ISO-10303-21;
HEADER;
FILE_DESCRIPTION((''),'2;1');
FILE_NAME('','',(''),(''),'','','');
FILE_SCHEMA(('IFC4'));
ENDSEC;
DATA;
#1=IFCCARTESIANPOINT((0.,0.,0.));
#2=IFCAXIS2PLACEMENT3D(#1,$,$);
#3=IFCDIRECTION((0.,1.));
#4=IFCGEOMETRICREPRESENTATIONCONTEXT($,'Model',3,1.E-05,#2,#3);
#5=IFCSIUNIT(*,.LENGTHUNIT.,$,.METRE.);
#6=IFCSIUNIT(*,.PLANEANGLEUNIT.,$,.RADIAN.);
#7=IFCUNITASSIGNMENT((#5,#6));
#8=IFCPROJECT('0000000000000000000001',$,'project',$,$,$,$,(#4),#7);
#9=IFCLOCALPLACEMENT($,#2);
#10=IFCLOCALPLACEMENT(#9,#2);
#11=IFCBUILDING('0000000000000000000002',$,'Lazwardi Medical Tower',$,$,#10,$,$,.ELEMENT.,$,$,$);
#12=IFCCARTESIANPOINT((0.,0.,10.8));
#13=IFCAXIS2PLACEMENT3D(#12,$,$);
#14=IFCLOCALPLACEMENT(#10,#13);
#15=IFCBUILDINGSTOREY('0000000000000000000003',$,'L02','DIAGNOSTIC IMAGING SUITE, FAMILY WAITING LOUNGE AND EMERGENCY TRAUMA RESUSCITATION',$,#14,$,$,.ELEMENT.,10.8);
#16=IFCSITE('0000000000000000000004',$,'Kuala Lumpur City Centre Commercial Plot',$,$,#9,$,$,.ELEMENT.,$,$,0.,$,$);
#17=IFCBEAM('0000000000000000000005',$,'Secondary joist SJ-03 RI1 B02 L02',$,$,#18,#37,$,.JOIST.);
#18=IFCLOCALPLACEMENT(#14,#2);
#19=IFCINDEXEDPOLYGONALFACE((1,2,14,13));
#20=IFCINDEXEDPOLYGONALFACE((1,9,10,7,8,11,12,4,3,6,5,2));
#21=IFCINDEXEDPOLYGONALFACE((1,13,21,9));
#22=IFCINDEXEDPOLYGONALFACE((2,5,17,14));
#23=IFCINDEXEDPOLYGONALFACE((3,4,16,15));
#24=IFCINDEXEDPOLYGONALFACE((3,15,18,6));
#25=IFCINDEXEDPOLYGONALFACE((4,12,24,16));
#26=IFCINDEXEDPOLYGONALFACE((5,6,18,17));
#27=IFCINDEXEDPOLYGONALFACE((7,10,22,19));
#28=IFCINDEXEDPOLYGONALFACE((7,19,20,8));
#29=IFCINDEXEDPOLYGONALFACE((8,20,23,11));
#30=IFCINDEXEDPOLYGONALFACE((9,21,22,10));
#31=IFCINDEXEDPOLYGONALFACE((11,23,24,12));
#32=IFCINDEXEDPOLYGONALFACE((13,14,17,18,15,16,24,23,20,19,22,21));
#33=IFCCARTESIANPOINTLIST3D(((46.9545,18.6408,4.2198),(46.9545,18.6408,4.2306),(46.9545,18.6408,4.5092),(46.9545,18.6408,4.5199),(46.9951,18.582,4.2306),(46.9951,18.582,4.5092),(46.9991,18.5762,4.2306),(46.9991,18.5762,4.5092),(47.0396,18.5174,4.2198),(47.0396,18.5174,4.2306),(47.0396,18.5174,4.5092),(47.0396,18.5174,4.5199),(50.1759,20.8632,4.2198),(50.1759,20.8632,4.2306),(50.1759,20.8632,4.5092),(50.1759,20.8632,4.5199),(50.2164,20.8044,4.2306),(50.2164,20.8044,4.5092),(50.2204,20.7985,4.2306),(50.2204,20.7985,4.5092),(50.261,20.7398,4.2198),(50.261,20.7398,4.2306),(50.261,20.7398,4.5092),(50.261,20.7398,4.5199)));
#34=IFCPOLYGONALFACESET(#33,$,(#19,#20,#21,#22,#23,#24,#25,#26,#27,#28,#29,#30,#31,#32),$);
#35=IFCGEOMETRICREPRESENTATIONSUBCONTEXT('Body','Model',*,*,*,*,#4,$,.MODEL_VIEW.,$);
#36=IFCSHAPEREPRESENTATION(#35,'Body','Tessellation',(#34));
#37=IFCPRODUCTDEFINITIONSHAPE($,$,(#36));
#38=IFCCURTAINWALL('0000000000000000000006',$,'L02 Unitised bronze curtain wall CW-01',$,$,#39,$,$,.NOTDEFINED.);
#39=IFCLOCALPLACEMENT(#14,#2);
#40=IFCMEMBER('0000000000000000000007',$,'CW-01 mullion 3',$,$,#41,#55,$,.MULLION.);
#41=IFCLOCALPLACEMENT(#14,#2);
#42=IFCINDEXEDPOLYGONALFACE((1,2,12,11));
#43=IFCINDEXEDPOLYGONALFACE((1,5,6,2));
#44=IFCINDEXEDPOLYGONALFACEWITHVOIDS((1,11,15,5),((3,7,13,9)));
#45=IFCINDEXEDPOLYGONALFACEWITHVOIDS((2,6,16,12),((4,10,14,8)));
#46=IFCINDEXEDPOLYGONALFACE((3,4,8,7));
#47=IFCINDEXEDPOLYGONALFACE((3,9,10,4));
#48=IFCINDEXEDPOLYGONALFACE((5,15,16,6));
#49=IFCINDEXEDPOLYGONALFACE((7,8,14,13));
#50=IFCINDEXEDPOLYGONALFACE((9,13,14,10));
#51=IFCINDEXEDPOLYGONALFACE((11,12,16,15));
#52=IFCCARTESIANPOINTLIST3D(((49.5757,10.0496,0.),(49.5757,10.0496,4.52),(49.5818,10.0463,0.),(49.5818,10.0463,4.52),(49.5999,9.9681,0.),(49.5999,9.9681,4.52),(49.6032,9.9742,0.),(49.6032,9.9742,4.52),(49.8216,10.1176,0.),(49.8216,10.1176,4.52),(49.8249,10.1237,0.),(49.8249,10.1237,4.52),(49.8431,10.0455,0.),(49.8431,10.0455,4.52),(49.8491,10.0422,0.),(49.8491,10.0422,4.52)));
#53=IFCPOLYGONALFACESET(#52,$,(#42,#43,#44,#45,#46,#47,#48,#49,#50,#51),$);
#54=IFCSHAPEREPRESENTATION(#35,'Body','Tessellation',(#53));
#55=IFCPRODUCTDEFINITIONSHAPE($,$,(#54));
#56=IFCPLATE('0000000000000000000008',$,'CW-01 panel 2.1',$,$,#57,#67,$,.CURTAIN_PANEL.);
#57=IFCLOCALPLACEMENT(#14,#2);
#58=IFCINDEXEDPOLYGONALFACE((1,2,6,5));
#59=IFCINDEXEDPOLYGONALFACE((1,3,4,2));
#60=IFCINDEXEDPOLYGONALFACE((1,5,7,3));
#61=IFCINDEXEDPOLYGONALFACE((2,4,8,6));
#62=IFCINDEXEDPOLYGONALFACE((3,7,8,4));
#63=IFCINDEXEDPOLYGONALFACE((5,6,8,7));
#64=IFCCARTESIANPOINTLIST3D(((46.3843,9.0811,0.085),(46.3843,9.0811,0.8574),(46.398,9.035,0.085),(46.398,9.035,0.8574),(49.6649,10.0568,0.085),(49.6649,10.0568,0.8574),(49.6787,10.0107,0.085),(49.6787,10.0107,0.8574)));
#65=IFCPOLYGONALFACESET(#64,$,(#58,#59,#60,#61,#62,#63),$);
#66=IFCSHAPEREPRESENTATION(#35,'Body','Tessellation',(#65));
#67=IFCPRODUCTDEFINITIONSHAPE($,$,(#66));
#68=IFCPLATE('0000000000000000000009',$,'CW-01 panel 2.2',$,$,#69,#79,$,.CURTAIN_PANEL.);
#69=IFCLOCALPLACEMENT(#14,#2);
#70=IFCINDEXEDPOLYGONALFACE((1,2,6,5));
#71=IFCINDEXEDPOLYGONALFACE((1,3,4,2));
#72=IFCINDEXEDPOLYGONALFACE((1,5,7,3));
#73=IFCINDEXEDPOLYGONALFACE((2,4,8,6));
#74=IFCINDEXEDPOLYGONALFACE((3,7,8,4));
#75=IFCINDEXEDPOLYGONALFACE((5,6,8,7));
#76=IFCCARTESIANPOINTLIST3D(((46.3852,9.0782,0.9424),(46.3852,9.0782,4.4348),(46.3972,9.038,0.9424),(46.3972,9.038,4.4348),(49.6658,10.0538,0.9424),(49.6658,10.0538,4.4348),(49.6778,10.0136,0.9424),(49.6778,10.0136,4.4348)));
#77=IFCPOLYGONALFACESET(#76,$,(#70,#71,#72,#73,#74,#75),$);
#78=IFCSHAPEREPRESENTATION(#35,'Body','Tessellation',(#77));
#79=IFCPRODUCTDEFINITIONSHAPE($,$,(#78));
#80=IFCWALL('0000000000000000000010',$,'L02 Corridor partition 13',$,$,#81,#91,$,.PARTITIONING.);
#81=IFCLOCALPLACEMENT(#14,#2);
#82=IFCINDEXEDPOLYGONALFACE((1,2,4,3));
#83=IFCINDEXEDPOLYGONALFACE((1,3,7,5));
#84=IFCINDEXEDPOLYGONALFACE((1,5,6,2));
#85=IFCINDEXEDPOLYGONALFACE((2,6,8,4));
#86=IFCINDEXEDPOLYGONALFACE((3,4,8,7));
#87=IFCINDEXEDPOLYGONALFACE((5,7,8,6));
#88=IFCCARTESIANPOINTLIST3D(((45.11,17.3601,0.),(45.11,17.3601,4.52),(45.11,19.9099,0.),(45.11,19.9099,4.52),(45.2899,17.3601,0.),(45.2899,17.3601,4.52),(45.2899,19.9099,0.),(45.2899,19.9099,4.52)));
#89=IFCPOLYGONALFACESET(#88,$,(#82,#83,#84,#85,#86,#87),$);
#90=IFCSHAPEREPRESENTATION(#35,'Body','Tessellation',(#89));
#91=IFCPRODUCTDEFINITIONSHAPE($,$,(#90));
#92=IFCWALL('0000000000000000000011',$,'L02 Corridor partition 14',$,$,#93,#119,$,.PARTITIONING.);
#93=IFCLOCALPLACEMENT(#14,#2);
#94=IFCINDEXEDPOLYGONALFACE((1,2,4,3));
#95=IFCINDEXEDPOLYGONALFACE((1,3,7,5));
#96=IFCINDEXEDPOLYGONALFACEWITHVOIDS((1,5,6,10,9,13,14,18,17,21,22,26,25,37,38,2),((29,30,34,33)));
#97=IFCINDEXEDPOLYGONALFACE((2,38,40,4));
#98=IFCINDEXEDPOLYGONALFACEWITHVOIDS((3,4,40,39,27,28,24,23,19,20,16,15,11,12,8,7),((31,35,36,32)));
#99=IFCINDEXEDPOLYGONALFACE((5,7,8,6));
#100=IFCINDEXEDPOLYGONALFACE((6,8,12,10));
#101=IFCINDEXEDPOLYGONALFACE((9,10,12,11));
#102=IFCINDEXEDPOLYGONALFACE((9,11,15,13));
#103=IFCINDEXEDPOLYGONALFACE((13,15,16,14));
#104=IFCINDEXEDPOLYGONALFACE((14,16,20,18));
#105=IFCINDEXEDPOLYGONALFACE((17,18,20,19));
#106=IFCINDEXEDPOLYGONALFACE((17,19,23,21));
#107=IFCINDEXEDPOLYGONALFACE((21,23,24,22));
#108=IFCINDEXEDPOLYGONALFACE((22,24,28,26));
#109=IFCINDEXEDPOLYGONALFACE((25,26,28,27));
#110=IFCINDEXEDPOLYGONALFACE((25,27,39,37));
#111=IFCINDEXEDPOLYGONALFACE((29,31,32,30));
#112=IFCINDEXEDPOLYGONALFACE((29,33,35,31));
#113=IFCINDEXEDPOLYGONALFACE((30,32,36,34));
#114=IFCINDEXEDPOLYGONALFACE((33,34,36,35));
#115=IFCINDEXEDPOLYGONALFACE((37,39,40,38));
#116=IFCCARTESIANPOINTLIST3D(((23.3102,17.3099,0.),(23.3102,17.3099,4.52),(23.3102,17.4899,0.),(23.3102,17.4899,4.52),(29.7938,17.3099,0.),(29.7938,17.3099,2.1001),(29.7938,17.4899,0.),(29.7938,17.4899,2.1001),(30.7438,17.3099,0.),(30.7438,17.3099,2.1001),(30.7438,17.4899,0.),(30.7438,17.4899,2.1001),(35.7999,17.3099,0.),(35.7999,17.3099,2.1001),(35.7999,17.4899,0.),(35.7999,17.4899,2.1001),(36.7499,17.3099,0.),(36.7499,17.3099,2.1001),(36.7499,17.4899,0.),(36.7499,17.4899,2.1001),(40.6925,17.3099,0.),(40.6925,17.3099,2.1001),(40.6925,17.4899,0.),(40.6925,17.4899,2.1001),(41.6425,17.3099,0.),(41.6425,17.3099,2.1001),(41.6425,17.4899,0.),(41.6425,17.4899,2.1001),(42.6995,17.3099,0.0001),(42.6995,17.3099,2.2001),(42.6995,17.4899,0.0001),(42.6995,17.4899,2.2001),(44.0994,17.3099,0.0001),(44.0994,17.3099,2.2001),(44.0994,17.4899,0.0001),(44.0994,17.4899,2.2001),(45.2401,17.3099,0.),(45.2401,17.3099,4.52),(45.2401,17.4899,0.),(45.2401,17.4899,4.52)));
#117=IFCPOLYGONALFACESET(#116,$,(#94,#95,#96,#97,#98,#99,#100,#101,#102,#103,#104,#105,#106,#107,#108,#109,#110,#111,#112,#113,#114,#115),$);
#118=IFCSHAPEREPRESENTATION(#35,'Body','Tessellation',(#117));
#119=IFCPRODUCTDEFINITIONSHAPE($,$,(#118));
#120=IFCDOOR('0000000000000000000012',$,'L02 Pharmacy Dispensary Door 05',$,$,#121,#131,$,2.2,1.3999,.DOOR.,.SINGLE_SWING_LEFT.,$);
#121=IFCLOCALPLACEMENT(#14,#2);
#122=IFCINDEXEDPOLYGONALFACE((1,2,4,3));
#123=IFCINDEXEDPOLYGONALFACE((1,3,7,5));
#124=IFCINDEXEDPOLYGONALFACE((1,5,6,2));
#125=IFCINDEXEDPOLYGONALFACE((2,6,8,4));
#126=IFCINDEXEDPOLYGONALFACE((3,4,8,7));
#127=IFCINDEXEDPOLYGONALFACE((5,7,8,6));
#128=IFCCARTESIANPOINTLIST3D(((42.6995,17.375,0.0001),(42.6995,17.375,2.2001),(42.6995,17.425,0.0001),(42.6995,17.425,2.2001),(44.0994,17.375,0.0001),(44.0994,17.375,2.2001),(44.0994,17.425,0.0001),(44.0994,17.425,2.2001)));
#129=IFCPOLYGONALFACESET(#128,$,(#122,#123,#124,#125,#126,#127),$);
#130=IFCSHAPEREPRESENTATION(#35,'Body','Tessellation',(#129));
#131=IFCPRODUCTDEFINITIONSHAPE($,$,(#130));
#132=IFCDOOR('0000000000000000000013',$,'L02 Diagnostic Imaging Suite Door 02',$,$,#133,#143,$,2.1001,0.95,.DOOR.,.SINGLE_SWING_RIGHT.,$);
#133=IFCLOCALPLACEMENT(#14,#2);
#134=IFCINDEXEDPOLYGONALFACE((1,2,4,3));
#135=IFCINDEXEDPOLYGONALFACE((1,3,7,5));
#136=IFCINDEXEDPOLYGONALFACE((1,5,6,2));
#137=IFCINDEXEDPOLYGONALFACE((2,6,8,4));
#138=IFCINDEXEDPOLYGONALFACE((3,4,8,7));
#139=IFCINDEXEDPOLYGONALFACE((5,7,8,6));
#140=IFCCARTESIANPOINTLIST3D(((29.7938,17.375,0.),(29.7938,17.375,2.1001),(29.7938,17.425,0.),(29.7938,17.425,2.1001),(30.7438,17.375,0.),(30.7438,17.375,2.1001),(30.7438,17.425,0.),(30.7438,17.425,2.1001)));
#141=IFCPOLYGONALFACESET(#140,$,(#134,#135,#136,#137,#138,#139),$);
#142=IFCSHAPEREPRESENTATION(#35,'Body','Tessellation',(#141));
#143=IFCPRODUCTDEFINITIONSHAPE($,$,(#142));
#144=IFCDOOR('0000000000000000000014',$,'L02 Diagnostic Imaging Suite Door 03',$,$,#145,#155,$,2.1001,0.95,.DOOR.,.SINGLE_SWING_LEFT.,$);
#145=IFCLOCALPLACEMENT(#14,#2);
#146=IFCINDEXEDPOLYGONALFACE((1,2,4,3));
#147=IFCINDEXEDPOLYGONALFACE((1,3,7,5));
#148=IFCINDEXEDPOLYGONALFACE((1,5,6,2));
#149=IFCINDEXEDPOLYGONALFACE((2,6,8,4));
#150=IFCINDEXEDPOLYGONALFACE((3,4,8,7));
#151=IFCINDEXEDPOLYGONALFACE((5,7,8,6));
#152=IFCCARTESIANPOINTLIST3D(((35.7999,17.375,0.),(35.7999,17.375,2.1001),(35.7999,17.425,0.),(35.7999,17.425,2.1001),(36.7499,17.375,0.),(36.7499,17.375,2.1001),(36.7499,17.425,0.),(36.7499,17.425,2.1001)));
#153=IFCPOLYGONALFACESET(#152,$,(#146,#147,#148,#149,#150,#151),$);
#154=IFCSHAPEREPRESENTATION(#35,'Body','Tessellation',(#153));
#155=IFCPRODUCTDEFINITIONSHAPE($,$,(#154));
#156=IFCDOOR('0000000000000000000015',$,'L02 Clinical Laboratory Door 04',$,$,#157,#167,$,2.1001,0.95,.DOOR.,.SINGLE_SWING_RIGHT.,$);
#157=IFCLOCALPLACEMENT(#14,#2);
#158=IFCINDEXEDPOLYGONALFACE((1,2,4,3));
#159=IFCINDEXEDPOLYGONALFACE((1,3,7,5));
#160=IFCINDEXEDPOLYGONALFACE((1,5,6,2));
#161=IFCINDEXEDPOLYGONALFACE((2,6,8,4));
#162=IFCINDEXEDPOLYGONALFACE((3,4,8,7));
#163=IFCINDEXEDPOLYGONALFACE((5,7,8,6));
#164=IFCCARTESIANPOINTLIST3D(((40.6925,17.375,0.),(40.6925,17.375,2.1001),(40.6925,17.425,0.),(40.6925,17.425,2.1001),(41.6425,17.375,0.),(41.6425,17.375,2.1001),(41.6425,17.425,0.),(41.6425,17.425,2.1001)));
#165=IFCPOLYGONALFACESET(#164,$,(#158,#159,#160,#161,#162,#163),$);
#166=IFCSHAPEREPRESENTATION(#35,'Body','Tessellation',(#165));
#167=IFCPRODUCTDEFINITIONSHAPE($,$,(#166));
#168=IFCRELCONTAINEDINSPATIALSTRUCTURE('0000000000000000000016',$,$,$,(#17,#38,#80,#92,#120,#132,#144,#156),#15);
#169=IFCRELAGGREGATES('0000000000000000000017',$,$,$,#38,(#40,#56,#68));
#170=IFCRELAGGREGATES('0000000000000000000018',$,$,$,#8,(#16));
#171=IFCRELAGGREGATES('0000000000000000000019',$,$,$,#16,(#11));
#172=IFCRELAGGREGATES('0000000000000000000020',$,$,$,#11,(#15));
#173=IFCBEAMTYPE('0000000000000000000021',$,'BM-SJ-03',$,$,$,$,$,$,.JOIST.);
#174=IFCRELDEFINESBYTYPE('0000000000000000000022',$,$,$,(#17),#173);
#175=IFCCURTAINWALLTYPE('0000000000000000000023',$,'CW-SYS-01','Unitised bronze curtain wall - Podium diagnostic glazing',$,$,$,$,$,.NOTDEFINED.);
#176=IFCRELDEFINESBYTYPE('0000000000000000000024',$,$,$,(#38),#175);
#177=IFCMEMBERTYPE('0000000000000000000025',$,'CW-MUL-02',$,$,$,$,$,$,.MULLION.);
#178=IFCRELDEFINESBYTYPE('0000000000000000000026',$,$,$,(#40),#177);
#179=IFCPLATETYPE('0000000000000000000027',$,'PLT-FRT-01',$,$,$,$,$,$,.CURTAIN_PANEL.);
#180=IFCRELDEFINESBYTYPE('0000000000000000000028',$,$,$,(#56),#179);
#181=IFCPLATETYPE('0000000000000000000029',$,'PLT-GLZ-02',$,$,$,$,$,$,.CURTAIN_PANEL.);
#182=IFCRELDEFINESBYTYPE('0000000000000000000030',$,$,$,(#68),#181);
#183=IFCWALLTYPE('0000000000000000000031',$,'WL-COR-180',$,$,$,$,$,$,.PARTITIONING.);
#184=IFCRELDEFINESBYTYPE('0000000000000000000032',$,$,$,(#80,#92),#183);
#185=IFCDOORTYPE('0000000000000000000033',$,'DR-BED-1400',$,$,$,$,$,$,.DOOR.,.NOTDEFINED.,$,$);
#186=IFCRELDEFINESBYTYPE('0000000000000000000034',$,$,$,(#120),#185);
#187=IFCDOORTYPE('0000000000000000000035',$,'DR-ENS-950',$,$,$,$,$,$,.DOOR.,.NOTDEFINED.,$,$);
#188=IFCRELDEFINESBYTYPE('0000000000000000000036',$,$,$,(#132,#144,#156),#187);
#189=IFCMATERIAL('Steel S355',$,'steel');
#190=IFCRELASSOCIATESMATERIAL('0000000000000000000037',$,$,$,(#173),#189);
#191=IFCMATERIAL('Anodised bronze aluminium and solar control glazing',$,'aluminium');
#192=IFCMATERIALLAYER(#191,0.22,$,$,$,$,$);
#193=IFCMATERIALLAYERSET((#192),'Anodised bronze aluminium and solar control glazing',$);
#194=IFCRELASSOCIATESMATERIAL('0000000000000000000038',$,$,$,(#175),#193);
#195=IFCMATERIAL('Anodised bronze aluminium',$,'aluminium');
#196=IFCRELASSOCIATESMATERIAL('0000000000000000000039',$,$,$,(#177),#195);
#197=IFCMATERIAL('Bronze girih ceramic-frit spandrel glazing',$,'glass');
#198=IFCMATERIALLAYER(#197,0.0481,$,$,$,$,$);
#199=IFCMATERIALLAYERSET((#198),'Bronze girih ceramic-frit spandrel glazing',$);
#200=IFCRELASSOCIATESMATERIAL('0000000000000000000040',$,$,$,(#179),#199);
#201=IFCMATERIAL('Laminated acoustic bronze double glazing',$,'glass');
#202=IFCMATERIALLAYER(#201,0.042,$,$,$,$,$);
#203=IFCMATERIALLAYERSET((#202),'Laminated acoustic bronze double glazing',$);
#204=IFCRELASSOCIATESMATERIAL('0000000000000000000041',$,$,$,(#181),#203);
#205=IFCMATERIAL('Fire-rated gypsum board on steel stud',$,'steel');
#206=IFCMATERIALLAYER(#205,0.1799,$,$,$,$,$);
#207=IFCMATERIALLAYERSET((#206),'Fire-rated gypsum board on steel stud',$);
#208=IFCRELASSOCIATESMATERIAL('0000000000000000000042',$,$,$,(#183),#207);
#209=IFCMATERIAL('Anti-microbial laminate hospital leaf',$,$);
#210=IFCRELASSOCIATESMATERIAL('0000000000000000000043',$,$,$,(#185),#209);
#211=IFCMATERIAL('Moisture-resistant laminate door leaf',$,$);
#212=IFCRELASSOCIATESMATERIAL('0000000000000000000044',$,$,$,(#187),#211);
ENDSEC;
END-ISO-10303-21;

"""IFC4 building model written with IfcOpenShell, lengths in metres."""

from ifc_helpers import new_model, si_unit, direction, frame, frame_2d, origin, origin_2d, place, context, subcontext, project, spatial, rectangle, hollow_rectangle, i_section, extrude, material, layer, layer_set, material_profile, profile_set, type_object, element, fill, aggregate, save


model = new_model("IFC4")

# Units and contexts
model_context = context("Model", 3, precision=1e-05, world=origin(), true_north=direction((0.0, 1.0)))
body_context = subcontext(model_context, "Body", "Model", "MODEL_VIEW")
ifc_project = project(units=[si_unit("LENGTHUNIT", "METRE"), si_unit("PLANEANGLEUNIT", "RADIAN")], contexts=[model_context])

# Site, building, storey
site_placement = place(None, origin())
site = spatial("IfcSite", under=ifc_project, at=site_placement, Name="Kuala Lumpur City Centre Commercial Plot", CompositionType="ELEMENT", RefElevation=0.0)
building_placement = place(site_placement, origin())
building = spatial("IfcBuilding", under=site, at=building_placement, Name="Lazwardi Medical Tower", CompositionType="ELEMENT")
storey_placement = place(building_placement, frame((0.0, 0.0, 10.8)))
storey = spatial("IfcBuildingStorey", under=building, at=storey_placement, Name="L02", Description="DIAGNOSTIC IMAGING SUITE, FAMILY WAITING LOUNGE AND EMERGENCY TRAUMA RESUSCITATION", CompositionType="ELEMENT", Elevation=10.8)

# Beam
ifc_material_1 = material(Name="Steel S355", Category="steel")
ifc_material_profile_1 = material_profile(ifc_material_1, i_section(OverallWidth=0.1499, OverallDepth=0.3, WebThickness=0.0071, FlangeThickness=0.0107, at=origin_2d()), Name="IPE 300")
ifc_profile_set_1 = profile_set([ifc_material_profile_1], Name="Steel S355")
beam_type_1 = type_object("IfcBeamType", Name="BM-SJ-03", PredefinedType="JOIST", material=ifc_profile_set_1)
beam_1_placement = place(storey_placement, frame((46.9971, 18.5791, 4.3699), z_axis=(0.823125, 0.56786, 0.0), x_axis=(-0.56786, 0.823125, 0.0)))
element("IfcBeam", 1, at=beam_1_placement, inside=storey, type_object=beam_type_1, Name="Secondary joist SJ-03 RI1 B02 L02", PredefinedType="JOIST", context=body_context, shape_type="SweptSolid", body=[
    extrude(i_section(OverallWidth=0.1499, OverallDepth=0.3, WebThickness=0.0071, FlangeThickness=0.0107, at=origin_2d()), origin(), (0.0, 0.0, 1.0), 3.9136),
])

# Curtain wall, member, plates
ifc_material_2 = material(Name="Anodised bronze aluminium and solar control glazing", Category="aluminium")
ifc_layer_1 = layer(ifc_material_2, 0.22)
ifc_layer_set_1 = layer_set([ifc_layer_1], Name="Anodised bronze aluminium and solar control glazing")
curtain_wall_type = type_object("IfcCurtainWallType", Name="CW-SYS-01", Description="Unitised bronze curtain wall - Podium diagnostic glazing", PredefinedType="NOTDEFINED", material=ifc_layer_set_1)
curtain_wall_placement = place(storey_placement, origin())
curtain_wall = element("IfcCurtainWall", 2, at=curtain_wall_placement, inside=storey, type_object=curtain_wall_type, Name="L02 Unitised bronze curtain wall CW-01", PredefinedType="NOTDEFINED")
ifc_material_3 = material(Name="Anodised bronze aluminium", Category="aluminium")
ifc_material_profile_2 = material_profile(ifc_material_3, hollow_rectangle(XDim=0.085, YDim=0.26, WallThickness=0.0049, at=origin_2d()), Name="ALU-MULLION 260x85x5")
ifc_profile_set_2 = profile_set([ifc_material_profile_2], Name="Anodised bronze aluminium")
member_type = type_object("IfcMemberType", Name="CW-MUL-02", PredefinedType="MULLION", material=ifc_profile_set_2)
member_placement = place(storey_placement, frame((49.7124, 10.0459, 0.0), z_axis=(0.0, 0.0, 1.0), x_axis=(-0.285047, 0.958513, 0.0)))
member = element("IfcMember", 3, at=member_placement, type_object=member_type, Name="CW-01 mullion 3", PredefinedType="MULLION", context=body_context, shape_type="SweptSolid", body=[
    extrude(hollow_rectangle(XDim=0.085, YDim=0.26, WallThickness=0.0049, at=origin_2d()), origin(), (0.0, 0.0, 1.0), 4.52),
])
ifc_material_4 = material(Name="Bronze girih ceramic-frit spandrel glazing", Category="glass")
ifc_layer_2 = layer(ifc_material_4, 0.0481)
ifc_layer_set_2 = layer_set([ifc_layer_2], Name="Bronze girih ceramic-frit spandrel glazing")
plate_type_1 = type_object("IfcPlateType", Name="PLT-FRT-01", PredefinedType="CURTAIN_PANEL", material=ifc_layer_set_2)
plate_1_placement = place(storey_placement, frame((48.0315, 9.5459, 0.085), z_axis=(0.0, 0.0, 1.0), x_axis=(0.958513, 0.285047, 0.0)))
plate_1 = element("IfcPlate", 4, at=plate_1_placement, type_object=plate_type_1, Name="CW-01 panel 2.1", PredefinedType="CURTAIN_PANEL", context=body_context, shape_type="SweptSolid", body=[
    extrude(rectangle(XDim=3.4226, YDim=0.0481, at=origin_2d()), origin(), (0.0, 0.0, 1.0), 0.7725),
])
ifc_material_5 = material(Name="Laminated acoustic bronze double glazing", Category="glass")
ifc_layer_3 = layer(ifc_material_5, 0.042)
ifc_layer_set_3 = layer_set([ifc_layer_3], Name="Laminated acoustic bronze double glazing")
plate_type_2 = type_object("IfcPlateType", Name="PLT-GLZ-02", PredefinedType="CURTAIN_PANEL", material=ifc_layer_set_3)
plate_2_placement = place(storey_placement, frame((48.0315, 9.5459, 0.9424), z_axis=(0.0, 0.0, 1.0), x_axis=(0.958513, 0.285047, 0.0)))
plate_2 = element("IfcPlate", 5, at=plate_2_placement, type_object=plate_type_2, Name="CW-01 panel 2.2", PredefinedType="CURTAIN_PANEL", context=body_context, shape_type="SweptSolid", body=[
    extrude(rectangle(XDim=3.4226, YDim=0.042, at=origin_2d()), origin(), (0.0, 0.0, 1.0), 3.4924),
])
aggregate(curtain_wall, [member, plate_1, plate_2])

# Wall
ifc_material_6 = material(Name="Fire-rated gypsum board on steel stud", Category="steel")
ifc_layer_4 = layer(ifc_material_6, 0.1799)
ifc_layer_set_4 = layer_set([ifc_layer_4], Name="Fire-rated gypsum board on steel stud")
wall_type_1 = type_object("IfcWallType", Name="WL-COR-180", PredefinedType="PARTITIONING", material=ifc_layer_set_4)
wall_1_placement = place(storey_placement, frame((45.2, 19.9099, 0.0), z_axis=(0.0, 0.0, 1.0), x_axis=(0.0, -1.0, 0.0)))
element("IfcWall", 6, at=wall_1_placement, inside=storey, type_object=wall_type_1, Name="L02 Corridor partition 13", PredefinedType="PARTITIONING", context=body_context, shape_type="SweptSolid", body=[
    extrude(rectangle(XDim=2.5498, YDim=0.1799, at=frame_2d((1.2749, 0.0))), origin(), (0.0, 0.0, 1.0), 4.52),
])

# Wall, openings, doors
wall_2_placement = place(storey_placement, frame((45.24, 17.3999, 0.0), z_axis=(0.0, 0.0, 1.0), x_axis=(-1.0, 0.0, 0.0)))
wall_2 = element("IfcWall", 7, at=wall_2_placement, inside=storey, type_object=wall_type_1, Name="L02 Corridor partition 14", PredefinedType="PARTITIONING", context=body_context, shape_type="SweptSolid", body=[
    extrude(rectangle(XDim=21.9299, YDim=0.1799, at=frame_2d((10.9648, 0.0))), origin(), (0.0, 0.0, 1.0), 4.52),
])
opening_1_placement = place(wall_2_placement, frame((14.4961, 0.0, 0.0)))
opening_1 = element("IfcOpeningElement", 8, at=opening_1_placement, cuts=wall_2, PredefinedType="OPENING", context=body_context, shape_type="SweptSolid", body=[
    extrude(rectangle(XDim=0.95, YDim=2.1001, at=frame_2d((0.4751, 1.05))), frame((0.0, 0.0999, 0.0), z_axis=(0.0, -1.0, 0.0), x_axis=(1.0, 0.0, 0.0)), (0.0, 0.0, 1.0), 0.2),
])
opening_2_placement = place(wall_2_placement, frame((8.49, 0.0, 0.0)))
opening_2 = element("IfcOpeningElement", 9, at=opening_2_placement, cuts=wall_2, PredefinedType="OPENING", context=body_context, shape_type="SweptSolid", body=[
    extrude(rectangle(XDim=0.95, YDim=2.1001, at=frame_2d((0.4751, 1.05))), frame((0.0, 0.0999, 0.0), z_axis=(0.0, -1.0, 0.0), x_axis=(1.0, 0.0, 0.0)), (0.0, 0.0, 1.0), 0.2),
])
opening_3_placement = place(wall_2_placement, frame((3.5974, 0.0, 0.0)))
opening_3 = element("IfcOpeningElement", 10, at=opening_3_placement, cuts=wall_2, PredefinedType="OPENING", context=body_context, shape_type="SweptSolid", body=[
    extrude(rectangle(XDim=0.95, YDim=2.1001, at=frame_2d((0.4751, 1.05))), frame((0.0, 0.0999, 0.0), z_axis=(0.0, -1.0, 0.0), x_axis=(1.0, 0.0, 0.0)), (0.0, 0.0, 1.0), 0.2),
])
opening_4_placement = place(wall_2_placement, frame((1.1406, 0.0, 0.0)))
opening_4 = element("IfcOpeningElement", 11, at=opening_4_placement, cuts=wall_2, PredefinedType="OPENING", context=body_context, shape_type="SweptSolid", body=[
    extrude(rectangle(XDim=1.3999, YDim=2.2, at=frame_2d((0.7, 1.1001))), frame((0.0, 0.0999, 0.0), z_axis=(0.0, -1.0, 0.0), x_axis=(1.0, 0.0, 0.0)), (0.0, 0.0, 1.0), 0.2),
])
ifc_material_7 = material(Name="Anti-microbial laminate hospital leaf")
door_type_1 = type_object("IfcDoorType", Name="DR-BED-1400", OperationType="NOTDEFINED", PredefinedType="DOOR", material=ifc_material_7)
door_1_placement = place(opening_4_placement, origin())
door_1 = element("IfcDoor", 12, at=door_1_placement, inside=storey, type_object=door_type_1, Name="L02 Pharmacy Dispensary Door 05", OperationType="SINGLE_SWING_LEFT", OverallHeight=2.2, OverallWidth=1.3999, PredefinedType="DOOR", context=body_context, shape_type="SweptSolid", body=[
    extrude(rectangle(XDim=1.3999, YDim=2.2, at=frame_2d((0.7, 1.1001))), frame((0.0, 0.0249, 0.0), z_axis=(0.0, -1.0, 0.0), x_axis=(1.0, 0.0, 0.0)), (0.0, 0.0, 1.0), 0.05),
])
fill(opening_4, door_1)
ifc_material_8 = material(Name="Moisture-resistant laminate door leaf")
door_type_2 = type_object("IfcDoorType", Name="DR-ENS-950", OperationType="NOTDEFINED", PredefinedType="DOOR", material=ifc_material_8)
door_2_placement = place(opening_1_placement, origin())
door_2 = element("IfcDoor", 13, at=door_2_placement, inside=storey, type_object=door_type_2, Name="L02 Diagnostic Imaging Suite Door 02", OperationType="SINGLE_SWING_RIGHT", OverallHeight=2.1001, OverallWidth=0.95, PredefinedType="DOOR", context=body_context, shape_type="SweptSolid", body=[
    extrude(rectangle(XDim=0.95, YDim=2.1001, at=frame_2d((0.4751, 1.05))), frame((0.0, 0.0249, 0.0), z_axis=(0.0, -1.0, 0.0), x_axis=(1.0, 0.0, 0.0)), (0.0, 0.0, 1.0), 0.05),
])
fill(opening_1, door_2)
door_3_placement = place(opening_2_placement, origin())
door_3 = element("IfcDoor", 14, at=door_3_placement, inside=storey, type_object=door_type_2, Name="L02 Diagnostic Imaging Suite Door 03", OperationType="SINGLE_SWING_LEFT", OverallHeight=2.1001, OverallWidth=0.95, PredefinedType="DOOR", context=body_context, shape_type="SweptSolid", body=[
    extrude(rectangle(XDim=0.95, YDim=2.1001, at=frame_2d((0.4751, 1.05))), frame((0.0, 0.0249, 0.0), z_axis=(0.0, -1.0, 0.0), x_axis=(1.0, 0.0, 0.0)), (0.0, 0.0, 1.0), 0.05),
])
fill(opening_2, door_3)
door_4_placement = place(opening_3_placement, origin())
door_4 = element("IfcDoor", 15, at=door_4_placement, inside=storey, type_object=door_type_2, Name="L02 Clinical Laboratory Door 04", OperationType="SINGLE_SWING_RIGHT", OverallHeight=2.1001, OverallWidth=0.95, PredefinedType="DOOR", context=body_context, shape_type="SweptSolid", body=[
    extrude(rectangle(XDim=0.95, YDim=2.1001, at=frame_2d((0.4751, 1.05))), frame((0.0, 0.0249, 0.0), z_axis=(0.0, -1.0, 0.0), x_axis=(1.0, 0.0, 0.0)), (0.0, 0.0, 1.0), 0.05),
])
fill(opening_3, door_4)

save(model, "model.ifc")
